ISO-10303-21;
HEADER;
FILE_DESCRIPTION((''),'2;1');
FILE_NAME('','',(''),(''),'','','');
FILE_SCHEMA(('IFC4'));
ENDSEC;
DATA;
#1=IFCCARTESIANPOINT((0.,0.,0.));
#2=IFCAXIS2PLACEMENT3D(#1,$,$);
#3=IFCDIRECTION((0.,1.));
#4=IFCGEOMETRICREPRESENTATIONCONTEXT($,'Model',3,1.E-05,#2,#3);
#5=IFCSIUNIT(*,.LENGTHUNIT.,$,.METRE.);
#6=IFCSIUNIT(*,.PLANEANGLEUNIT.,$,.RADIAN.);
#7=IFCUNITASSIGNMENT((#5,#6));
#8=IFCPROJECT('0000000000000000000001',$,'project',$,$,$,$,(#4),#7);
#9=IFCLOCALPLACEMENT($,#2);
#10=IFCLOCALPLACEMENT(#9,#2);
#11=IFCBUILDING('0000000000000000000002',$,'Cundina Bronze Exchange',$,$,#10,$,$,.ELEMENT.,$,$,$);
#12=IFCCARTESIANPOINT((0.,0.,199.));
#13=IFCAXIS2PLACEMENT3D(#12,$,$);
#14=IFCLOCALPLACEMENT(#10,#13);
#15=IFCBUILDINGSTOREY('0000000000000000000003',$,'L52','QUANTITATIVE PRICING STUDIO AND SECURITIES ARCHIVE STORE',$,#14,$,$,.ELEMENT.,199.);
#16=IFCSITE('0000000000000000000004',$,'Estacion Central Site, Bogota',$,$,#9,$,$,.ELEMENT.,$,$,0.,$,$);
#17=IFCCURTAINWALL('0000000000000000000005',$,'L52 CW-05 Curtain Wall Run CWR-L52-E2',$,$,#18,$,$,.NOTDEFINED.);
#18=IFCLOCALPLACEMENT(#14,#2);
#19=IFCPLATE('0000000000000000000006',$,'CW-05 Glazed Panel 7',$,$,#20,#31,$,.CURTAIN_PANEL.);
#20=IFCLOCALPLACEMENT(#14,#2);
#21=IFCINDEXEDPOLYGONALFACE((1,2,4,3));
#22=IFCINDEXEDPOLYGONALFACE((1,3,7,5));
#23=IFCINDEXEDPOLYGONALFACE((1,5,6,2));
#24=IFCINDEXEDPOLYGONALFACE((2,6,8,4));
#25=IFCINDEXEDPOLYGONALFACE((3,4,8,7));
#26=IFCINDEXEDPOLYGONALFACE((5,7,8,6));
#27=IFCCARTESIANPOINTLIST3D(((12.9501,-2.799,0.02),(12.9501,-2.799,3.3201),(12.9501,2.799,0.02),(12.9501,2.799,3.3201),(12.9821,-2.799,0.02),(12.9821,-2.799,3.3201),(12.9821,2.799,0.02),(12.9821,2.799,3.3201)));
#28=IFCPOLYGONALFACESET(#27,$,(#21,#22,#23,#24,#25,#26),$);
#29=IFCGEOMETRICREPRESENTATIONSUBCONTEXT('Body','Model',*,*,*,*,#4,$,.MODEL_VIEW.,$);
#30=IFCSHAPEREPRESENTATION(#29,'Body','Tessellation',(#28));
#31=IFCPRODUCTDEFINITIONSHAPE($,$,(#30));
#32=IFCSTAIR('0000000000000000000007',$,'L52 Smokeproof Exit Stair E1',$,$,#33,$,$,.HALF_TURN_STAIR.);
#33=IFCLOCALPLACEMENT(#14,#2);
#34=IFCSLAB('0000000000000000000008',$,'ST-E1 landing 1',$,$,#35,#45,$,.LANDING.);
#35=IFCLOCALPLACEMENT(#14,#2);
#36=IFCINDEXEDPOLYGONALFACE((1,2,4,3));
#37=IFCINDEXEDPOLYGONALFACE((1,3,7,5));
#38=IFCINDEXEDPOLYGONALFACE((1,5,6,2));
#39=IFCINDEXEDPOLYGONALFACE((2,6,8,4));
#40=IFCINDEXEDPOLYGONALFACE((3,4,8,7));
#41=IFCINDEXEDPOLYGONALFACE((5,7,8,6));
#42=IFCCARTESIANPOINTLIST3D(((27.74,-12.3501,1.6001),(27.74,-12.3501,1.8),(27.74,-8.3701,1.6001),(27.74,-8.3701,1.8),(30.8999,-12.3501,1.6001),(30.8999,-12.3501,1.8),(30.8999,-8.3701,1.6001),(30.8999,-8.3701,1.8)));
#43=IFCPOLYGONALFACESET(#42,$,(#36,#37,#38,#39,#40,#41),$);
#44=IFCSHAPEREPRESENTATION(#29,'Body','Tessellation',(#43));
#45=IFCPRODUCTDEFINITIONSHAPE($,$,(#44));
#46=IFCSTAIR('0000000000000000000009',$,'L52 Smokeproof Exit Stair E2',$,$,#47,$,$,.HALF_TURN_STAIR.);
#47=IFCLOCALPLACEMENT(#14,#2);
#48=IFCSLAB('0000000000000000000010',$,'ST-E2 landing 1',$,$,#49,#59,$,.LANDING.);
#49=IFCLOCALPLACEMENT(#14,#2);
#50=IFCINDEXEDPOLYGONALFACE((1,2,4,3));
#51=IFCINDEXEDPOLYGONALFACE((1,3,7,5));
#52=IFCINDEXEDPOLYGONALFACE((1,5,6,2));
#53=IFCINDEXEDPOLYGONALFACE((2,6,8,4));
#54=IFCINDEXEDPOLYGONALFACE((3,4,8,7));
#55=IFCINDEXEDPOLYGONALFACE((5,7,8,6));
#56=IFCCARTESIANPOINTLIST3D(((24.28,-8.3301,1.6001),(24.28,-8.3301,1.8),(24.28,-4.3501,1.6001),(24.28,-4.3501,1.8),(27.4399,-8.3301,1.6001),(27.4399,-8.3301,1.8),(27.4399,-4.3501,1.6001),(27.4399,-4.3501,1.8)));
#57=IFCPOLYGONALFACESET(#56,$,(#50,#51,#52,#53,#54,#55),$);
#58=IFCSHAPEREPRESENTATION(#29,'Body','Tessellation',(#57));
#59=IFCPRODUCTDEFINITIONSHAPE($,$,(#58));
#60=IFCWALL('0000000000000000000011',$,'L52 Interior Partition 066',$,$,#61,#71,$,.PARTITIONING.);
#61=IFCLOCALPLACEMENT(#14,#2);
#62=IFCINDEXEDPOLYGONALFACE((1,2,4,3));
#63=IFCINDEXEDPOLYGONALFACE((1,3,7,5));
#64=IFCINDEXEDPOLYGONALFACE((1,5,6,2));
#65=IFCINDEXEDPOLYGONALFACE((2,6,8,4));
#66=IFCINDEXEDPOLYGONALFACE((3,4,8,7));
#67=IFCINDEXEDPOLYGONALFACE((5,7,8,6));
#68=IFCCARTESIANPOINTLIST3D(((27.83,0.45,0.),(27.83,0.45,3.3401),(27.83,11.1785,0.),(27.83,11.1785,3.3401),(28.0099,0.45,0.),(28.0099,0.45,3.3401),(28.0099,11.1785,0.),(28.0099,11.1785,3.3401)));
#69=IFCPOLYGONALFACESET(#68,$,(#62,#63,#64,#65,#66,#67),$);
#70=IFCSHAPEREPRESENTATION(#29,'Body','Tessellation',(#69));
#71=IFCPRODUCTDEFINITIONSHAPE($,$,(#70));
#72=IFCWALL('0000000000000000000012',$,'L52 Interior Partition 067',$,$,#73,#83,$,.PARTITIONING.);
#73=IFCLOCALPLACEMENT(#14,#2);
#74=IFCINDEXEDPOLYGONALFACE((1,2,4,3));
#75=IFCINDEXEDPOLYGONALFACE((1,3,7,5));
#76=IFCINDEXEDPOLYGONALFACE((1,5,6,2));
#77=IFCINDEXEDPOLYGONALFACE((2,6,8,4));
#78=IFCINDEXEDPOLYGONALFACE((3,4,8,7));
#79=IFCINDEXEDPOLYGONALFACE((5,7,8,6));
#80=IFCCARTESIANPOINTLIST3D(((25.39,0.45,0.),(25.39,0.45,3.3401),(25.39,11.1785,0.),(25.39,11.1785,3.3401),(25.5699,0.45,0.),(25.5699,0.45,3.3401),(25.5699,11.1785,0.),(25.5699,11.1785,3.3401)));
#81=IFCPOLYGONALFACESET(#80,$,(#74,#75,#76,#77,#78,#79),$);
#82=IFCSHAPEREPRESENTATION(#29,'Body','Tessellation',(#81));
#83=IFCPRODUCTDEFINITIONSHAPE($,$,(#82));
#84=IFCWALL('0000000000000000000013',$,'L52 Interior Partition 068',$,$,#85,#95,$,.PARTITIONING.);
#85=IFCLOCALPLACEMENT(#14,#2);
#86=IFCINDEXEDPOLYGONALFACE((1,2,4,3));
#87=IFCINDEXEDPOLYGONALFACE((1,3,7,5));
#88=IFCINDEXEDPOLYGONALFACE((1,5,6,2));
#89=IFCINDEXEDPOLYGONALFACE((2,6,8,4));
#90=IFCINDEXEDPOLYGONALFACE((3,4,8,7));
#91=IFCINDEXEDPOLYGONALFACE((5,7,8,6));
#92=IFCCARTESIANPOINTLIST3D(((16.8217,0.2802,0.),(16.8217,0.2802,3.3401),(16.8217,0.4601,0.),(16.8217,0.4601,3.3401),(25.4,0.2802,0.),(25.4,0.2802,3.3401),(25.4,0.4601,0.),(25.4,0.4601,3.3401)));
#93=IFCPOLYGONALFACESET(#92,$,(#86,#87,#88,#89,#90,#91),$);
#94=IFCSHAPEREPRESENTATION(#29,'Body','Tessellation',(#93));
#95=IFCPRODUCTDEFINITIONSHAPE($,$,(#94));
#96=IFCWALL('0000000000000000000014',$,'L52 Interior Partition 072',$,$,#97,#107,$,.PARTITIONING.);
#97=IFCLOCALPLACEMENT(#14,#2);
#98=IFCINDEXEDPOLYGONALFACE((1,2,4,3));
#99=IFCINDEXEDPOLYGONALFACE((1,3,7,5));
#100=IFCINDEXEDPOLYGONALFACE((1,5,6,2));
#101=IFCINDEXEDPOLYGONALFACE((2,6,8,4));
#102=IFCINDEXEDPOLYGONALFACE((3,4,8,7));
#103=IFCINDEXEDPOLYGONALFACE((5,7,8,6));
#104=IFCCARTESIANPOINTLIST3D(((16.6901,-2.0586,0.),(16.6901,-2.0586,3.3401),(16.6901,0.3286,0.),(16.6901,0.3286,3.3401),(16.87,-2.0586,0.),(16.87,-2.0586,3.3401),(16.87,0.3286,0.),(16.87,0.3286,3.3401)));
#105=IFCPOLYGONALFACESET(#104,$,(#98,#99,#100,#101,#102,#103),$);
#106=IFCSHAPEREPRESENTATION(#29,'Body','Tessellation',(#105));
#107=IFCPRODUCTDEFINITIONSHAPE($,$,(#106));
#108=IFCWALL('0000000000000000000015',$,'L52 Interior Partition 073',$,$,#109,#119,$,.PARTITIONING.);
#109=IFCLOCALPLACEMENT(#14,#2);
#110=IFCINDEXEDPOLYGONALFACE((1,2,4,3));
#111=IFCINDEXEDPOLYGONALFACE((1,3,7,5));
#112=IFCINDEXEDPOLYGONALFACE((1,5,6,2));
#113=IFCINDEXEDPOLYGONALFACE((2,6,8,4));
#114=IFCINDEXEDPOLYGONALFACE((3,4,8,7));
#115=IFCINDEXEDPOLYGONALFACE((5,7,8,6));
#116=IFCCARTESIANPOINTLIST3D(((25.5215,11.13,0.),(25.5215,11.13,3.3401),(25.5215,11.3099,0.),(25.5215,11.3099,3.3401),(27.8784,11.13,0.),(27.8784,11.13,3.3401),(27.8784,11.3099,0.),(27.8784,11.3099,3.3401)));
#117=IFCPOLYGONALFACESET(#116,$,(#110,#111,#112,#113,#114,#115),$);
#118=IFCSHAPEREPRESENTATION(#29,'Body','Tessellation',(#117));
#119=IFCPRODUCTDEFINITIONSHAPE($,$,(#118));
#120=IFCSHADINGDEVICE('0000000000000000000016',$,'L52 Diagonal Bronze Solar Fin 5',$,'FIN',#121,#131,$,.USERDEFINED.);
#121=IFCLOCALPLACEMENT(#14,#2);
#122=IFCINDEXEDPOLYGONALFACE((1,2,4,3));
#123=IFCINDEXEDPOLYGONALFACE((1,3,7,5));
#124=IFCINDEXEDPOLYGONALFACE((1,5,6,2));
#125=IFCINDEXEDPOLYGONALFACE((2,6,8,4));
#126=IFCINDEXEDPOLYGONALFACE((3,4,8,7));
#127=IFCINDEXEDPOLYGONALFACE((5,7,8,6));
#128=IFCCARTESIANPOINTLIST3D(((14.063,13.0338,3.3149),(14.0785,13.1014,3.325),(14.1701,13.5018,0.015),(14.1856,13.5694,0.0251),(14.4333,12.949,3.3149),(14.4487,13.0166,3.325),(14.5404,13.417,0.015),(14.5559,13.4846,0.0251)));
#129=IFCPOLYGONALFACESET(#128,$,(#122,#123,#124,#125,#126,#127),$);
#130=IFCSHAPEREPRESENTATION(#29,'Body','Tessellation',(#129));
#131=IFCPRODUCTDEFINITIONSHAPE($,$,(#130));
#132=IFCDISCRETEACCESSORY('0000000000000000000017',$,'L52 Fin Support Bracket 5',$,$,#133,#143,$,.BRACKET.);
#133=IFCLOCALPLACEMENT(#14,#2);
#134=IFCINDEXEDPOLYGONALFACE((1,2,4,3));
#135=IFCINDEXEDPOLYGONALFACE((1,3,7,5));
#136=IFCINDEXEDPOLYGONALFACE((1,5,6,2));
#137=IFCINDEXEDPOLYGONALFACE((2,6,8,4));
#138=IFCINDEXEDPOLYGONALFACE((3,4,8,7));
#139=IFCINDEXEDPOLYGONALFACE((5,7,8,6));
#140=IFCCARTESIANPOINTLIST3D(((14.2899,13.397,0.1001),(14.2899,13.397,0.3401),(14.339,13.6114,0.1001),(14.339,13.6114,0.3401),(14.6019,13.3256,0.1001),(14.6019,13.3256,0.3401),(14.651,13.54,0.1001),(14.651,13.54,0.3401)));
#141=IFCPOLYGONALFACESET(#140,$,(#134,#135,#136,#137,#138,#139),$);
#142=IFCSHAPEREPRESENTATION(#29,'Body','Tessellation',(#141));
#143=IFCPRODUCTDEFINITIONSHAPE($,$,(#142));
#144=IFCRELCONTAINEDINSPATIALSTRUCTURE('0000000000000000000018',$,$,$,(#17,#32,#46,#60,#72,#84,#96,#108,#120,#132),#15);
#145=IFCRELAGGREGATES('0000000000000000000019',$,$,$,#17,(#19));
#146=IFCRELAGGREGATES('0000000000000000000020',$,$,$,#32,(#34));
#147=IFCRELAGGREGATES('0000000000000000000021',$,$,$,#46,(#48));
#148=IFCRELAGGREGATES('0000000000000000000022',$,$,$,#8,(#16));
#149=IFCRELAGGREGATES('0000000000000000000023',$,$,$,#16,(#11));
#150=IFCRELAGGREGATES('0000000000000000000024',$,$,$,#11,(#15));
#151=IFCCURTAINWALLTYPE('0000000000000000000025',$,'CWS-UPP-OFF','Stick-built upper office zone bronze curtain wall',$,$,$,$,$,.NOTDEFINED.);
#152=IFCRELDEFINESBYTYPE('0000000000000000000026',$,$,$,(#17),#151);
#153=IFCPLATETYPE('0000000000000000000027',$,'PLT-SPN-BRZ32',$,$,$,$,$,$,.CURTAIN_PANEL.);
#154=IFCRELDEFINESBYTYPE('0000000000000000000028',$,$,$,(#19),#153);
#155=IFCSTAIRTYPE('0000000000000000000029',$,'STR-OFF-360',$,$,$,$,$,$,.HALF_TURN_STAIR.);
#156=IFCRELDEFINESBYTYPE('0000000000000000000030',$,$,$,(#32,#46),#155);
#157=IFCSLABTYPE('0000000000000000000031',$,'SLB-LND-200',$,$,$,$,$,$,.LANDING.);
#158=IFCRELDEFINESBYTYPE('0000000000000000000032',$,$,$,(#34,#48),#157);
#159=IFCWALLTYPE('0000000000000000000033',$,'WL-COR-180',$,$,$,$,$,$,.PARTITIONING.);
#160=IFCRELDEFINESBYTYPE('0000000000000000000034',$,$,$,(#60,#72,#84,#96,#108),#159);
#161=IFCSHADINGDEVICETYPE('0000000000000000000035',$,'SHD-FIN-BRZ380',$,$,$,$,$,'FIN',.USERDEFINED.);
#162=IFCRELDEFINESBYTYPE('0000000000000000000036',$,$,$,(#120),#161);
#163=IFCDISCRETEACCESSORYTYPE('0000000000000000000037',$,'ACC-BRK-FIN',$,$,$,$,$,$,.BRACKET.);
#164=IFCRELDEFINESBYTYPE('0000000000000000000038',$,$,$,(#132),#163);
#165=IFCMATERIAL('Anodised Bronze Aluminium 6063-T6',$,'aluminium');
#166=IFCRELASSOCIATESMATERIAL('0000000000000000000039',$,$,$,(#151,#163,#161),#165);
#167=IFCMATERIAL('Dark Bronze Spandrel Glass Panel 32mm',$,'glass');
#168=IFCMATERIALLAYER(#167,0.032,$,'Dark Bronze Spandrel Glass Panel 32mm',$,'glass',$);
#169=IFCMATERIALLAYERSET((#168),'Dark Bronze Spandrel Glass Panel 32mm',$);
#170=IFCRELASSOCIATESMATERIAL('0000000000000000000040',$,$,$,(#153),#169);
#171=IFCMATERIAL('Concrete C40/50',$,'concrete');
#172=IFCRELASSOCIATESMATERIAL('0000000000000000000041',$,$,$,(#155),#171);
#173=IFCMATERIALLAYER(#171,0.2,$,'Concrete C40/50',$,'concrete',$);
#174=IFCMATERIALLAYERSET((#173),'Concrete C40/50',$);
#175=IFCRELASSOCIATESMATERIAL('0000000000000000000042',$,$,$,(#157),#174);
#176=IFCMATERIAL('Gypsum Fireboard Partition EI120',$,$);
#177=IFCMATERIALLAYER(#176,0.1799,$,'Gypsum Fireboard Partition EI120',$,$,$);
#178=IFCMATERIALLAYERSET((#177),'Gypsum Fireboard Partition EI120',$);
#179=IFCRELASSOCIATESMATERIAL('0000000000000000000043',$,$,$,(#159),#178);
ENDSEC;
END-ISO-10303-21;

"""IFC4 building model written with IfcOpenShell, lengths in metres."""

from ifc_helpers import new_model, si_unit, direction, frame, frame_2d, origin, origin_2d, place, context, subcontext, project, spatial, polyline, rectangle, outline, extrude, material, layer, layer_set, material_profile, profile_set, type_object, element, aggregate, save


model = new_model("IFC4")

# Units and contexts
model_context = context("Model", 3, precision=1e-05, world=origin(), true_north=direction((0.0, 1.0)))
body_context = subcontext(model_context, "Body", "Model", "MODEL_VIEW")
ifc_project = project(units=[si_unit("LENGTHUNIT", "METRE"), si_unit("PLANEANGLEUNIT", "RADIAN")], contexts=[model_context])

# Site, building, storey
site_placement = place(None, origin())
site = spatial("IfcSite", under=ifc_project, at=site_placement, Name="Estacion Central Site, Bogota", CompositionType="ELEMENT", RefElevation=0.0)
building_placement = place(site_placement, origin())
building = spatial("IfcBuilding", under=site, at=building_placement, Name="Cundina Bronze Exchange", CompositionType="ELEMENT")
storey_placement = place(building_placement, frame((0.0, 0.0, 199.0)))
storey = spatial("IfcBuildingStorey", under=building, at=storey_placement, Name="L52", Description="QUANTITATIVE PRICING STUDIO AND SECURITIES ARCHIVE STORE", CompositionType="ELEMENT", Elevation=199.0)

# Curtain wall, plate
ifc_material_1 = material(Name="Anodised Bronze Aluminium 6063-T6", Category="aluminium")
curtain_wall_type = type_object("IfcCurtainWallType", Name="CWS-UPP-OFF", Description="Stick-built upper office zone bronze curtain wall", PredefinedType="NOTDEFINED", material=ifc_material_1)
curtain_wall_placement = place(storey_placement, origin())
curtain_wall = element("IfcCurtainWall", 1, at=curtain_wall_placement, inside=storey, type_object=curtain_wall_type, Name="L52 CW-05 Curtain Wall Run CWR-L52-E2", PredefinedType="NOTDEFINED")
ifc_material_2 = material(Name="Dark Bronze Spandrel Glass Panel 32mm", Category="glass")
ifc_layer_1 = layer(ifc_material_2, 0.032, Name="Dark Bronze Spandrel Glass Panel 32mm", Category="glass")
ifc_layer_set_1 = layer_set([ifc_layer_1], Name="Dark Bronze Spandrel Glass Panel 32mm")
plate_type_1 = type_object("IfcPlateType", Name="PLT-SPN-BRZ32", PredefinedType="CURTAIN_PANEL", material=ifc_layer_set_1)
plate_1_placement = place(storey_placement, frame((12.9661, 0.0, 0.02), z_axis=(0.0, 0.0, 1.0), x_axis=(0.0, -1.0, 0.0)))
plate_1 = element("IfcPlate", 2, at=plate_1_placement, type_object=plate_type_1, Name="CW-05 Glazed Panel 7", PredefinedType="CURTAIN_PANEL", context=body_context, shape_type="SweptSolid", body=[
    extrude(rectangle(XDim=5.5979, YDim=0.032, at=origin_2d()), origin(), (0.0, 0.0, 1.0), 3.3),
])
aggregate(curtain_wall, [plate_1])

# Stairs, slabs
ifc_material_3 = material(Name="Concrete C40/50", Category="concrete")
stair_type = type_object("IfcStairType", Name="STR-OFF-360", PredefinedType="HALF_TURN_STAIR", material=ifc_material_3)
stair_1_placement = place(storey_placement, origin())
stair_1 = element("IfcStair", 3, at=stair_1_placement, inside=storey, type_object=stair_type, Name="L52 Smokeproof Exit Stair E1", PredefinedType="HALF_TURN_STAIR")
ifc_layer_2 = layer(ifc_material_3, 0.2, Name="Concrete C40/50", Category="concrete")
ifc_layer_set_2 = layer_set([ifc_layer_2], Name="Concrete C40/50")
slab_type = type_object("IfcSlabType", Name="SLB-LND-200", PredefinedType="LANDING", material=ifc_layer_set_2)
slab_1_placement = place(storey_placement, frame((0.0, 0.0, 1.6001)))
slab_1 = element("IfcSlab", 4, at=slab_1_placement, type_object=slab_type, Name="ST-E1 landing 1", PredefinedType="LANDING", context=body_context, shape_type="SweptSolid", body=[
    extrude(outline(polyline([(27.74, -8.3701), (27.74, -12.3501), (30.8999, -12.3501), (30.8999, -8.3701), (27.74, -8.3701)])), origin(), (0.0, 0.0, 1.0), 0.2),
])
aggregate(stair_1, [slab_1])
stair_2_placement = place(storey_placement, origin())
stair_2 = element("IfcStair", 5, at=stair_2_placement, inside=storey, type_object=stair_type, Name="L52 Smokeproof Exit Stair E2", PredefinedType="HALF_TURN_STAIR")
slab_2_placement = place(storey_placement, frame((0.0, 0.0, 1.6001)))
slab_2 = element("IfcSlab", 6, at=slab_2_placement, type_object=slab_type, Name="ST-E2 landing 1", PredefinedType="LANDING", context=body_context, shape_type="SweptSolid", body=[
    extrude(outline(polyline([(27.4399, -8.3301), (27.4399, -4.3501), (24.28, -4.3501), (24.28, -8.3301), (27.4399, -8.3301)])), origin(), (0.0, 0.0, 1.0), 0.2),
])
aggregate(stair_2, [slab_2])

# Walls
ifc_material_4 = material(Name="Gypsum Fireboard Partition EI120")
ifc_layer_3 = layer(ifc_material_4, 0.1799, Name="Gypsum Fireboard Partition EI120")
ifc_layer_set_3 = layer_set([ifc_layer_3], Name="Gypsum Fireboard Partition EI120")
wall_type = type_object("IfcWallType", Name="WL-COR-180", PredefinedType="PARTITIONING", material=ifc_layer_set_3)
for number, where, z_axis, x_axis, name in (
    (7, (27.9199, 0.45, 0.0), (0.0, 0.0, 1.0), (0.0, 1.0, 0.0), "L52 Interior Partition 066"),
    (8, (25.48, 11.1785, 0.0), (0.0, 0.0, 1.0), (0.0, -1.0, 0.0), "L52 Interior Partition 067"),
):
    element("IfcWall", number, at=place(storey_placement, frame(where, z_axis=z_axis, x_axis=x_axis)), inside=storey, type_object=wall_type, Name=name, PredefinedType="PARTITIONING", context=body_context, shape_type="SweptSolid", body=[
        extrude(rectangle(XDim=10.7285, YDim=0.1799, at=frame_2d((5.3643, 0.0))), origin(), (0.0, 0.0, 1.0), 3.3401),
    ])
wall_1_placement = place(storey_placement, frame((25.3999, 0.3701, 0.0), z_axis=(0.0, 0.0, 1.0), x_axis=(-1.0, 0.0, 0.0)))
element("IfcWall", 9, at=wall_1_placement, inside=storey, type_object=wall_type, Name="L52 Interior Partition 068", PredefinedType="PARTITIONING", context=body_context, shape_type="SweptSolid", body=[
    extrude(rectangle(XDim=8.5784, YDim=0.1799, at=frame_2d((4.2891, 0.0))), origin(), (0.0, 0.0, 1.0), 3.3401),
])
wall_2_placement = place(storey_placement, frame((16.78, 0.3286, 0.0), z_axis=(0.0, 0.0, 1.0), x_axis=(0.0, -1.0, 0.0)))
element("IfcWall", 10, at=wall_2_placement, inside=storey, type_object=wall_type, Name="L52 Interior Partition 072", PredefinedType="PARTITIONING", context=body_context, shape_type="SweptSolid", body=[
    extrude(rectangle(XDim=2.3872, YDim=0.1799, at=frame_2d((1.1936, 0.0))), origin(), (0.0, 0.0, 1.0), 3.3401),
])
wall_3_placement = place(storey_placement, frame((27.8784, 11.22, 0.0), z_axis=(0.0, 0.0, 1.0), x_axis=(-1.0, 0.0, 0.0)))
element("IfcWall", 11, at=wall_3_placement, inside=storey, type_object=wall_type, Name="L52 Interior Partition 073", PredefinedType="PARTITIONING", context=body_context, shape_type="SweptSolid", body=[
    extrude(rectangle(XDim=2.3569, YDim=0.1799, at=frame_2d((1.1785, 0.0))), origin(), (0.0, 0.0, 1.0), 3.3401),
])

# Shading device
ifc_material_profile_1 = material_profile(ifc_material_1, rectangle(XDim=0.0701, YDim=0.3799, at=origin_2d()), Name="FIN70X380", Category="aluminium")
ifc_profile_set_1 = profile_set([ifc_material_profile_1], Name="Anodised Bronze Aluminium 6063-T6")
shading_device_type = type_object("IfcShadingDeviceType", Name="SHD-FIN-BRZ380", ElementType="FIN", PredefinedType="USERDEFINED", material=ifc_profile_set_1)
shading_device_placement = place(storey_placement, frame((14.363, 13.4932, 0.02), z_axis=(-0.032139, -0.140344, 0.989581), x_axis=(0.220899, 0.964611, 0.143977)))
element("IfcShadingDevice", 12, at=shading_device_placement, inside=storey, type_object=shading_device_type, Name="L52 Diagonal Bronze Solar Fin 5", ObjectType="FIN", PredefinedType="USERDEFINED", context=body_context, shape_type="SweptSolid", body=[
    extrude(rectangle(XDim=0.0701, YDim=0.3799, at=origin_2d()), origin(), (0.0, 0.0, 1.0), 3.3347),
])

# Discrete accessory
discrete_accessory_type = type_object("IfcDiscreteAccessoryType", Name="ACC-BRK-FIN", PredefinedType="BRACKET", material=ifc_material_1)
discrete_accessory_placement = place(storey_placement, frame((14.4705, 13.4685, 0.1001), z_axis=(0.0, 0.0, 1.0), x_axis=(-0.223284, -0.974753, 0.0)))
element("IfcDiscreteAccessory", 13, at=discrete_accessory_placement, inside=storey, type_object=discrete_accessory_type, Name="L52 Fin Support Bracket 5", PredefinedType="BRACKET", context=body_context, shape_type="SweptSolid", body=[
    extrude(rectangle(XDim=0.22, YDim=0.3201, at=origin_2d()), origin(), (0.0, 0.0, 1.0), 0.24),
])

save(model, "model.ifc")
